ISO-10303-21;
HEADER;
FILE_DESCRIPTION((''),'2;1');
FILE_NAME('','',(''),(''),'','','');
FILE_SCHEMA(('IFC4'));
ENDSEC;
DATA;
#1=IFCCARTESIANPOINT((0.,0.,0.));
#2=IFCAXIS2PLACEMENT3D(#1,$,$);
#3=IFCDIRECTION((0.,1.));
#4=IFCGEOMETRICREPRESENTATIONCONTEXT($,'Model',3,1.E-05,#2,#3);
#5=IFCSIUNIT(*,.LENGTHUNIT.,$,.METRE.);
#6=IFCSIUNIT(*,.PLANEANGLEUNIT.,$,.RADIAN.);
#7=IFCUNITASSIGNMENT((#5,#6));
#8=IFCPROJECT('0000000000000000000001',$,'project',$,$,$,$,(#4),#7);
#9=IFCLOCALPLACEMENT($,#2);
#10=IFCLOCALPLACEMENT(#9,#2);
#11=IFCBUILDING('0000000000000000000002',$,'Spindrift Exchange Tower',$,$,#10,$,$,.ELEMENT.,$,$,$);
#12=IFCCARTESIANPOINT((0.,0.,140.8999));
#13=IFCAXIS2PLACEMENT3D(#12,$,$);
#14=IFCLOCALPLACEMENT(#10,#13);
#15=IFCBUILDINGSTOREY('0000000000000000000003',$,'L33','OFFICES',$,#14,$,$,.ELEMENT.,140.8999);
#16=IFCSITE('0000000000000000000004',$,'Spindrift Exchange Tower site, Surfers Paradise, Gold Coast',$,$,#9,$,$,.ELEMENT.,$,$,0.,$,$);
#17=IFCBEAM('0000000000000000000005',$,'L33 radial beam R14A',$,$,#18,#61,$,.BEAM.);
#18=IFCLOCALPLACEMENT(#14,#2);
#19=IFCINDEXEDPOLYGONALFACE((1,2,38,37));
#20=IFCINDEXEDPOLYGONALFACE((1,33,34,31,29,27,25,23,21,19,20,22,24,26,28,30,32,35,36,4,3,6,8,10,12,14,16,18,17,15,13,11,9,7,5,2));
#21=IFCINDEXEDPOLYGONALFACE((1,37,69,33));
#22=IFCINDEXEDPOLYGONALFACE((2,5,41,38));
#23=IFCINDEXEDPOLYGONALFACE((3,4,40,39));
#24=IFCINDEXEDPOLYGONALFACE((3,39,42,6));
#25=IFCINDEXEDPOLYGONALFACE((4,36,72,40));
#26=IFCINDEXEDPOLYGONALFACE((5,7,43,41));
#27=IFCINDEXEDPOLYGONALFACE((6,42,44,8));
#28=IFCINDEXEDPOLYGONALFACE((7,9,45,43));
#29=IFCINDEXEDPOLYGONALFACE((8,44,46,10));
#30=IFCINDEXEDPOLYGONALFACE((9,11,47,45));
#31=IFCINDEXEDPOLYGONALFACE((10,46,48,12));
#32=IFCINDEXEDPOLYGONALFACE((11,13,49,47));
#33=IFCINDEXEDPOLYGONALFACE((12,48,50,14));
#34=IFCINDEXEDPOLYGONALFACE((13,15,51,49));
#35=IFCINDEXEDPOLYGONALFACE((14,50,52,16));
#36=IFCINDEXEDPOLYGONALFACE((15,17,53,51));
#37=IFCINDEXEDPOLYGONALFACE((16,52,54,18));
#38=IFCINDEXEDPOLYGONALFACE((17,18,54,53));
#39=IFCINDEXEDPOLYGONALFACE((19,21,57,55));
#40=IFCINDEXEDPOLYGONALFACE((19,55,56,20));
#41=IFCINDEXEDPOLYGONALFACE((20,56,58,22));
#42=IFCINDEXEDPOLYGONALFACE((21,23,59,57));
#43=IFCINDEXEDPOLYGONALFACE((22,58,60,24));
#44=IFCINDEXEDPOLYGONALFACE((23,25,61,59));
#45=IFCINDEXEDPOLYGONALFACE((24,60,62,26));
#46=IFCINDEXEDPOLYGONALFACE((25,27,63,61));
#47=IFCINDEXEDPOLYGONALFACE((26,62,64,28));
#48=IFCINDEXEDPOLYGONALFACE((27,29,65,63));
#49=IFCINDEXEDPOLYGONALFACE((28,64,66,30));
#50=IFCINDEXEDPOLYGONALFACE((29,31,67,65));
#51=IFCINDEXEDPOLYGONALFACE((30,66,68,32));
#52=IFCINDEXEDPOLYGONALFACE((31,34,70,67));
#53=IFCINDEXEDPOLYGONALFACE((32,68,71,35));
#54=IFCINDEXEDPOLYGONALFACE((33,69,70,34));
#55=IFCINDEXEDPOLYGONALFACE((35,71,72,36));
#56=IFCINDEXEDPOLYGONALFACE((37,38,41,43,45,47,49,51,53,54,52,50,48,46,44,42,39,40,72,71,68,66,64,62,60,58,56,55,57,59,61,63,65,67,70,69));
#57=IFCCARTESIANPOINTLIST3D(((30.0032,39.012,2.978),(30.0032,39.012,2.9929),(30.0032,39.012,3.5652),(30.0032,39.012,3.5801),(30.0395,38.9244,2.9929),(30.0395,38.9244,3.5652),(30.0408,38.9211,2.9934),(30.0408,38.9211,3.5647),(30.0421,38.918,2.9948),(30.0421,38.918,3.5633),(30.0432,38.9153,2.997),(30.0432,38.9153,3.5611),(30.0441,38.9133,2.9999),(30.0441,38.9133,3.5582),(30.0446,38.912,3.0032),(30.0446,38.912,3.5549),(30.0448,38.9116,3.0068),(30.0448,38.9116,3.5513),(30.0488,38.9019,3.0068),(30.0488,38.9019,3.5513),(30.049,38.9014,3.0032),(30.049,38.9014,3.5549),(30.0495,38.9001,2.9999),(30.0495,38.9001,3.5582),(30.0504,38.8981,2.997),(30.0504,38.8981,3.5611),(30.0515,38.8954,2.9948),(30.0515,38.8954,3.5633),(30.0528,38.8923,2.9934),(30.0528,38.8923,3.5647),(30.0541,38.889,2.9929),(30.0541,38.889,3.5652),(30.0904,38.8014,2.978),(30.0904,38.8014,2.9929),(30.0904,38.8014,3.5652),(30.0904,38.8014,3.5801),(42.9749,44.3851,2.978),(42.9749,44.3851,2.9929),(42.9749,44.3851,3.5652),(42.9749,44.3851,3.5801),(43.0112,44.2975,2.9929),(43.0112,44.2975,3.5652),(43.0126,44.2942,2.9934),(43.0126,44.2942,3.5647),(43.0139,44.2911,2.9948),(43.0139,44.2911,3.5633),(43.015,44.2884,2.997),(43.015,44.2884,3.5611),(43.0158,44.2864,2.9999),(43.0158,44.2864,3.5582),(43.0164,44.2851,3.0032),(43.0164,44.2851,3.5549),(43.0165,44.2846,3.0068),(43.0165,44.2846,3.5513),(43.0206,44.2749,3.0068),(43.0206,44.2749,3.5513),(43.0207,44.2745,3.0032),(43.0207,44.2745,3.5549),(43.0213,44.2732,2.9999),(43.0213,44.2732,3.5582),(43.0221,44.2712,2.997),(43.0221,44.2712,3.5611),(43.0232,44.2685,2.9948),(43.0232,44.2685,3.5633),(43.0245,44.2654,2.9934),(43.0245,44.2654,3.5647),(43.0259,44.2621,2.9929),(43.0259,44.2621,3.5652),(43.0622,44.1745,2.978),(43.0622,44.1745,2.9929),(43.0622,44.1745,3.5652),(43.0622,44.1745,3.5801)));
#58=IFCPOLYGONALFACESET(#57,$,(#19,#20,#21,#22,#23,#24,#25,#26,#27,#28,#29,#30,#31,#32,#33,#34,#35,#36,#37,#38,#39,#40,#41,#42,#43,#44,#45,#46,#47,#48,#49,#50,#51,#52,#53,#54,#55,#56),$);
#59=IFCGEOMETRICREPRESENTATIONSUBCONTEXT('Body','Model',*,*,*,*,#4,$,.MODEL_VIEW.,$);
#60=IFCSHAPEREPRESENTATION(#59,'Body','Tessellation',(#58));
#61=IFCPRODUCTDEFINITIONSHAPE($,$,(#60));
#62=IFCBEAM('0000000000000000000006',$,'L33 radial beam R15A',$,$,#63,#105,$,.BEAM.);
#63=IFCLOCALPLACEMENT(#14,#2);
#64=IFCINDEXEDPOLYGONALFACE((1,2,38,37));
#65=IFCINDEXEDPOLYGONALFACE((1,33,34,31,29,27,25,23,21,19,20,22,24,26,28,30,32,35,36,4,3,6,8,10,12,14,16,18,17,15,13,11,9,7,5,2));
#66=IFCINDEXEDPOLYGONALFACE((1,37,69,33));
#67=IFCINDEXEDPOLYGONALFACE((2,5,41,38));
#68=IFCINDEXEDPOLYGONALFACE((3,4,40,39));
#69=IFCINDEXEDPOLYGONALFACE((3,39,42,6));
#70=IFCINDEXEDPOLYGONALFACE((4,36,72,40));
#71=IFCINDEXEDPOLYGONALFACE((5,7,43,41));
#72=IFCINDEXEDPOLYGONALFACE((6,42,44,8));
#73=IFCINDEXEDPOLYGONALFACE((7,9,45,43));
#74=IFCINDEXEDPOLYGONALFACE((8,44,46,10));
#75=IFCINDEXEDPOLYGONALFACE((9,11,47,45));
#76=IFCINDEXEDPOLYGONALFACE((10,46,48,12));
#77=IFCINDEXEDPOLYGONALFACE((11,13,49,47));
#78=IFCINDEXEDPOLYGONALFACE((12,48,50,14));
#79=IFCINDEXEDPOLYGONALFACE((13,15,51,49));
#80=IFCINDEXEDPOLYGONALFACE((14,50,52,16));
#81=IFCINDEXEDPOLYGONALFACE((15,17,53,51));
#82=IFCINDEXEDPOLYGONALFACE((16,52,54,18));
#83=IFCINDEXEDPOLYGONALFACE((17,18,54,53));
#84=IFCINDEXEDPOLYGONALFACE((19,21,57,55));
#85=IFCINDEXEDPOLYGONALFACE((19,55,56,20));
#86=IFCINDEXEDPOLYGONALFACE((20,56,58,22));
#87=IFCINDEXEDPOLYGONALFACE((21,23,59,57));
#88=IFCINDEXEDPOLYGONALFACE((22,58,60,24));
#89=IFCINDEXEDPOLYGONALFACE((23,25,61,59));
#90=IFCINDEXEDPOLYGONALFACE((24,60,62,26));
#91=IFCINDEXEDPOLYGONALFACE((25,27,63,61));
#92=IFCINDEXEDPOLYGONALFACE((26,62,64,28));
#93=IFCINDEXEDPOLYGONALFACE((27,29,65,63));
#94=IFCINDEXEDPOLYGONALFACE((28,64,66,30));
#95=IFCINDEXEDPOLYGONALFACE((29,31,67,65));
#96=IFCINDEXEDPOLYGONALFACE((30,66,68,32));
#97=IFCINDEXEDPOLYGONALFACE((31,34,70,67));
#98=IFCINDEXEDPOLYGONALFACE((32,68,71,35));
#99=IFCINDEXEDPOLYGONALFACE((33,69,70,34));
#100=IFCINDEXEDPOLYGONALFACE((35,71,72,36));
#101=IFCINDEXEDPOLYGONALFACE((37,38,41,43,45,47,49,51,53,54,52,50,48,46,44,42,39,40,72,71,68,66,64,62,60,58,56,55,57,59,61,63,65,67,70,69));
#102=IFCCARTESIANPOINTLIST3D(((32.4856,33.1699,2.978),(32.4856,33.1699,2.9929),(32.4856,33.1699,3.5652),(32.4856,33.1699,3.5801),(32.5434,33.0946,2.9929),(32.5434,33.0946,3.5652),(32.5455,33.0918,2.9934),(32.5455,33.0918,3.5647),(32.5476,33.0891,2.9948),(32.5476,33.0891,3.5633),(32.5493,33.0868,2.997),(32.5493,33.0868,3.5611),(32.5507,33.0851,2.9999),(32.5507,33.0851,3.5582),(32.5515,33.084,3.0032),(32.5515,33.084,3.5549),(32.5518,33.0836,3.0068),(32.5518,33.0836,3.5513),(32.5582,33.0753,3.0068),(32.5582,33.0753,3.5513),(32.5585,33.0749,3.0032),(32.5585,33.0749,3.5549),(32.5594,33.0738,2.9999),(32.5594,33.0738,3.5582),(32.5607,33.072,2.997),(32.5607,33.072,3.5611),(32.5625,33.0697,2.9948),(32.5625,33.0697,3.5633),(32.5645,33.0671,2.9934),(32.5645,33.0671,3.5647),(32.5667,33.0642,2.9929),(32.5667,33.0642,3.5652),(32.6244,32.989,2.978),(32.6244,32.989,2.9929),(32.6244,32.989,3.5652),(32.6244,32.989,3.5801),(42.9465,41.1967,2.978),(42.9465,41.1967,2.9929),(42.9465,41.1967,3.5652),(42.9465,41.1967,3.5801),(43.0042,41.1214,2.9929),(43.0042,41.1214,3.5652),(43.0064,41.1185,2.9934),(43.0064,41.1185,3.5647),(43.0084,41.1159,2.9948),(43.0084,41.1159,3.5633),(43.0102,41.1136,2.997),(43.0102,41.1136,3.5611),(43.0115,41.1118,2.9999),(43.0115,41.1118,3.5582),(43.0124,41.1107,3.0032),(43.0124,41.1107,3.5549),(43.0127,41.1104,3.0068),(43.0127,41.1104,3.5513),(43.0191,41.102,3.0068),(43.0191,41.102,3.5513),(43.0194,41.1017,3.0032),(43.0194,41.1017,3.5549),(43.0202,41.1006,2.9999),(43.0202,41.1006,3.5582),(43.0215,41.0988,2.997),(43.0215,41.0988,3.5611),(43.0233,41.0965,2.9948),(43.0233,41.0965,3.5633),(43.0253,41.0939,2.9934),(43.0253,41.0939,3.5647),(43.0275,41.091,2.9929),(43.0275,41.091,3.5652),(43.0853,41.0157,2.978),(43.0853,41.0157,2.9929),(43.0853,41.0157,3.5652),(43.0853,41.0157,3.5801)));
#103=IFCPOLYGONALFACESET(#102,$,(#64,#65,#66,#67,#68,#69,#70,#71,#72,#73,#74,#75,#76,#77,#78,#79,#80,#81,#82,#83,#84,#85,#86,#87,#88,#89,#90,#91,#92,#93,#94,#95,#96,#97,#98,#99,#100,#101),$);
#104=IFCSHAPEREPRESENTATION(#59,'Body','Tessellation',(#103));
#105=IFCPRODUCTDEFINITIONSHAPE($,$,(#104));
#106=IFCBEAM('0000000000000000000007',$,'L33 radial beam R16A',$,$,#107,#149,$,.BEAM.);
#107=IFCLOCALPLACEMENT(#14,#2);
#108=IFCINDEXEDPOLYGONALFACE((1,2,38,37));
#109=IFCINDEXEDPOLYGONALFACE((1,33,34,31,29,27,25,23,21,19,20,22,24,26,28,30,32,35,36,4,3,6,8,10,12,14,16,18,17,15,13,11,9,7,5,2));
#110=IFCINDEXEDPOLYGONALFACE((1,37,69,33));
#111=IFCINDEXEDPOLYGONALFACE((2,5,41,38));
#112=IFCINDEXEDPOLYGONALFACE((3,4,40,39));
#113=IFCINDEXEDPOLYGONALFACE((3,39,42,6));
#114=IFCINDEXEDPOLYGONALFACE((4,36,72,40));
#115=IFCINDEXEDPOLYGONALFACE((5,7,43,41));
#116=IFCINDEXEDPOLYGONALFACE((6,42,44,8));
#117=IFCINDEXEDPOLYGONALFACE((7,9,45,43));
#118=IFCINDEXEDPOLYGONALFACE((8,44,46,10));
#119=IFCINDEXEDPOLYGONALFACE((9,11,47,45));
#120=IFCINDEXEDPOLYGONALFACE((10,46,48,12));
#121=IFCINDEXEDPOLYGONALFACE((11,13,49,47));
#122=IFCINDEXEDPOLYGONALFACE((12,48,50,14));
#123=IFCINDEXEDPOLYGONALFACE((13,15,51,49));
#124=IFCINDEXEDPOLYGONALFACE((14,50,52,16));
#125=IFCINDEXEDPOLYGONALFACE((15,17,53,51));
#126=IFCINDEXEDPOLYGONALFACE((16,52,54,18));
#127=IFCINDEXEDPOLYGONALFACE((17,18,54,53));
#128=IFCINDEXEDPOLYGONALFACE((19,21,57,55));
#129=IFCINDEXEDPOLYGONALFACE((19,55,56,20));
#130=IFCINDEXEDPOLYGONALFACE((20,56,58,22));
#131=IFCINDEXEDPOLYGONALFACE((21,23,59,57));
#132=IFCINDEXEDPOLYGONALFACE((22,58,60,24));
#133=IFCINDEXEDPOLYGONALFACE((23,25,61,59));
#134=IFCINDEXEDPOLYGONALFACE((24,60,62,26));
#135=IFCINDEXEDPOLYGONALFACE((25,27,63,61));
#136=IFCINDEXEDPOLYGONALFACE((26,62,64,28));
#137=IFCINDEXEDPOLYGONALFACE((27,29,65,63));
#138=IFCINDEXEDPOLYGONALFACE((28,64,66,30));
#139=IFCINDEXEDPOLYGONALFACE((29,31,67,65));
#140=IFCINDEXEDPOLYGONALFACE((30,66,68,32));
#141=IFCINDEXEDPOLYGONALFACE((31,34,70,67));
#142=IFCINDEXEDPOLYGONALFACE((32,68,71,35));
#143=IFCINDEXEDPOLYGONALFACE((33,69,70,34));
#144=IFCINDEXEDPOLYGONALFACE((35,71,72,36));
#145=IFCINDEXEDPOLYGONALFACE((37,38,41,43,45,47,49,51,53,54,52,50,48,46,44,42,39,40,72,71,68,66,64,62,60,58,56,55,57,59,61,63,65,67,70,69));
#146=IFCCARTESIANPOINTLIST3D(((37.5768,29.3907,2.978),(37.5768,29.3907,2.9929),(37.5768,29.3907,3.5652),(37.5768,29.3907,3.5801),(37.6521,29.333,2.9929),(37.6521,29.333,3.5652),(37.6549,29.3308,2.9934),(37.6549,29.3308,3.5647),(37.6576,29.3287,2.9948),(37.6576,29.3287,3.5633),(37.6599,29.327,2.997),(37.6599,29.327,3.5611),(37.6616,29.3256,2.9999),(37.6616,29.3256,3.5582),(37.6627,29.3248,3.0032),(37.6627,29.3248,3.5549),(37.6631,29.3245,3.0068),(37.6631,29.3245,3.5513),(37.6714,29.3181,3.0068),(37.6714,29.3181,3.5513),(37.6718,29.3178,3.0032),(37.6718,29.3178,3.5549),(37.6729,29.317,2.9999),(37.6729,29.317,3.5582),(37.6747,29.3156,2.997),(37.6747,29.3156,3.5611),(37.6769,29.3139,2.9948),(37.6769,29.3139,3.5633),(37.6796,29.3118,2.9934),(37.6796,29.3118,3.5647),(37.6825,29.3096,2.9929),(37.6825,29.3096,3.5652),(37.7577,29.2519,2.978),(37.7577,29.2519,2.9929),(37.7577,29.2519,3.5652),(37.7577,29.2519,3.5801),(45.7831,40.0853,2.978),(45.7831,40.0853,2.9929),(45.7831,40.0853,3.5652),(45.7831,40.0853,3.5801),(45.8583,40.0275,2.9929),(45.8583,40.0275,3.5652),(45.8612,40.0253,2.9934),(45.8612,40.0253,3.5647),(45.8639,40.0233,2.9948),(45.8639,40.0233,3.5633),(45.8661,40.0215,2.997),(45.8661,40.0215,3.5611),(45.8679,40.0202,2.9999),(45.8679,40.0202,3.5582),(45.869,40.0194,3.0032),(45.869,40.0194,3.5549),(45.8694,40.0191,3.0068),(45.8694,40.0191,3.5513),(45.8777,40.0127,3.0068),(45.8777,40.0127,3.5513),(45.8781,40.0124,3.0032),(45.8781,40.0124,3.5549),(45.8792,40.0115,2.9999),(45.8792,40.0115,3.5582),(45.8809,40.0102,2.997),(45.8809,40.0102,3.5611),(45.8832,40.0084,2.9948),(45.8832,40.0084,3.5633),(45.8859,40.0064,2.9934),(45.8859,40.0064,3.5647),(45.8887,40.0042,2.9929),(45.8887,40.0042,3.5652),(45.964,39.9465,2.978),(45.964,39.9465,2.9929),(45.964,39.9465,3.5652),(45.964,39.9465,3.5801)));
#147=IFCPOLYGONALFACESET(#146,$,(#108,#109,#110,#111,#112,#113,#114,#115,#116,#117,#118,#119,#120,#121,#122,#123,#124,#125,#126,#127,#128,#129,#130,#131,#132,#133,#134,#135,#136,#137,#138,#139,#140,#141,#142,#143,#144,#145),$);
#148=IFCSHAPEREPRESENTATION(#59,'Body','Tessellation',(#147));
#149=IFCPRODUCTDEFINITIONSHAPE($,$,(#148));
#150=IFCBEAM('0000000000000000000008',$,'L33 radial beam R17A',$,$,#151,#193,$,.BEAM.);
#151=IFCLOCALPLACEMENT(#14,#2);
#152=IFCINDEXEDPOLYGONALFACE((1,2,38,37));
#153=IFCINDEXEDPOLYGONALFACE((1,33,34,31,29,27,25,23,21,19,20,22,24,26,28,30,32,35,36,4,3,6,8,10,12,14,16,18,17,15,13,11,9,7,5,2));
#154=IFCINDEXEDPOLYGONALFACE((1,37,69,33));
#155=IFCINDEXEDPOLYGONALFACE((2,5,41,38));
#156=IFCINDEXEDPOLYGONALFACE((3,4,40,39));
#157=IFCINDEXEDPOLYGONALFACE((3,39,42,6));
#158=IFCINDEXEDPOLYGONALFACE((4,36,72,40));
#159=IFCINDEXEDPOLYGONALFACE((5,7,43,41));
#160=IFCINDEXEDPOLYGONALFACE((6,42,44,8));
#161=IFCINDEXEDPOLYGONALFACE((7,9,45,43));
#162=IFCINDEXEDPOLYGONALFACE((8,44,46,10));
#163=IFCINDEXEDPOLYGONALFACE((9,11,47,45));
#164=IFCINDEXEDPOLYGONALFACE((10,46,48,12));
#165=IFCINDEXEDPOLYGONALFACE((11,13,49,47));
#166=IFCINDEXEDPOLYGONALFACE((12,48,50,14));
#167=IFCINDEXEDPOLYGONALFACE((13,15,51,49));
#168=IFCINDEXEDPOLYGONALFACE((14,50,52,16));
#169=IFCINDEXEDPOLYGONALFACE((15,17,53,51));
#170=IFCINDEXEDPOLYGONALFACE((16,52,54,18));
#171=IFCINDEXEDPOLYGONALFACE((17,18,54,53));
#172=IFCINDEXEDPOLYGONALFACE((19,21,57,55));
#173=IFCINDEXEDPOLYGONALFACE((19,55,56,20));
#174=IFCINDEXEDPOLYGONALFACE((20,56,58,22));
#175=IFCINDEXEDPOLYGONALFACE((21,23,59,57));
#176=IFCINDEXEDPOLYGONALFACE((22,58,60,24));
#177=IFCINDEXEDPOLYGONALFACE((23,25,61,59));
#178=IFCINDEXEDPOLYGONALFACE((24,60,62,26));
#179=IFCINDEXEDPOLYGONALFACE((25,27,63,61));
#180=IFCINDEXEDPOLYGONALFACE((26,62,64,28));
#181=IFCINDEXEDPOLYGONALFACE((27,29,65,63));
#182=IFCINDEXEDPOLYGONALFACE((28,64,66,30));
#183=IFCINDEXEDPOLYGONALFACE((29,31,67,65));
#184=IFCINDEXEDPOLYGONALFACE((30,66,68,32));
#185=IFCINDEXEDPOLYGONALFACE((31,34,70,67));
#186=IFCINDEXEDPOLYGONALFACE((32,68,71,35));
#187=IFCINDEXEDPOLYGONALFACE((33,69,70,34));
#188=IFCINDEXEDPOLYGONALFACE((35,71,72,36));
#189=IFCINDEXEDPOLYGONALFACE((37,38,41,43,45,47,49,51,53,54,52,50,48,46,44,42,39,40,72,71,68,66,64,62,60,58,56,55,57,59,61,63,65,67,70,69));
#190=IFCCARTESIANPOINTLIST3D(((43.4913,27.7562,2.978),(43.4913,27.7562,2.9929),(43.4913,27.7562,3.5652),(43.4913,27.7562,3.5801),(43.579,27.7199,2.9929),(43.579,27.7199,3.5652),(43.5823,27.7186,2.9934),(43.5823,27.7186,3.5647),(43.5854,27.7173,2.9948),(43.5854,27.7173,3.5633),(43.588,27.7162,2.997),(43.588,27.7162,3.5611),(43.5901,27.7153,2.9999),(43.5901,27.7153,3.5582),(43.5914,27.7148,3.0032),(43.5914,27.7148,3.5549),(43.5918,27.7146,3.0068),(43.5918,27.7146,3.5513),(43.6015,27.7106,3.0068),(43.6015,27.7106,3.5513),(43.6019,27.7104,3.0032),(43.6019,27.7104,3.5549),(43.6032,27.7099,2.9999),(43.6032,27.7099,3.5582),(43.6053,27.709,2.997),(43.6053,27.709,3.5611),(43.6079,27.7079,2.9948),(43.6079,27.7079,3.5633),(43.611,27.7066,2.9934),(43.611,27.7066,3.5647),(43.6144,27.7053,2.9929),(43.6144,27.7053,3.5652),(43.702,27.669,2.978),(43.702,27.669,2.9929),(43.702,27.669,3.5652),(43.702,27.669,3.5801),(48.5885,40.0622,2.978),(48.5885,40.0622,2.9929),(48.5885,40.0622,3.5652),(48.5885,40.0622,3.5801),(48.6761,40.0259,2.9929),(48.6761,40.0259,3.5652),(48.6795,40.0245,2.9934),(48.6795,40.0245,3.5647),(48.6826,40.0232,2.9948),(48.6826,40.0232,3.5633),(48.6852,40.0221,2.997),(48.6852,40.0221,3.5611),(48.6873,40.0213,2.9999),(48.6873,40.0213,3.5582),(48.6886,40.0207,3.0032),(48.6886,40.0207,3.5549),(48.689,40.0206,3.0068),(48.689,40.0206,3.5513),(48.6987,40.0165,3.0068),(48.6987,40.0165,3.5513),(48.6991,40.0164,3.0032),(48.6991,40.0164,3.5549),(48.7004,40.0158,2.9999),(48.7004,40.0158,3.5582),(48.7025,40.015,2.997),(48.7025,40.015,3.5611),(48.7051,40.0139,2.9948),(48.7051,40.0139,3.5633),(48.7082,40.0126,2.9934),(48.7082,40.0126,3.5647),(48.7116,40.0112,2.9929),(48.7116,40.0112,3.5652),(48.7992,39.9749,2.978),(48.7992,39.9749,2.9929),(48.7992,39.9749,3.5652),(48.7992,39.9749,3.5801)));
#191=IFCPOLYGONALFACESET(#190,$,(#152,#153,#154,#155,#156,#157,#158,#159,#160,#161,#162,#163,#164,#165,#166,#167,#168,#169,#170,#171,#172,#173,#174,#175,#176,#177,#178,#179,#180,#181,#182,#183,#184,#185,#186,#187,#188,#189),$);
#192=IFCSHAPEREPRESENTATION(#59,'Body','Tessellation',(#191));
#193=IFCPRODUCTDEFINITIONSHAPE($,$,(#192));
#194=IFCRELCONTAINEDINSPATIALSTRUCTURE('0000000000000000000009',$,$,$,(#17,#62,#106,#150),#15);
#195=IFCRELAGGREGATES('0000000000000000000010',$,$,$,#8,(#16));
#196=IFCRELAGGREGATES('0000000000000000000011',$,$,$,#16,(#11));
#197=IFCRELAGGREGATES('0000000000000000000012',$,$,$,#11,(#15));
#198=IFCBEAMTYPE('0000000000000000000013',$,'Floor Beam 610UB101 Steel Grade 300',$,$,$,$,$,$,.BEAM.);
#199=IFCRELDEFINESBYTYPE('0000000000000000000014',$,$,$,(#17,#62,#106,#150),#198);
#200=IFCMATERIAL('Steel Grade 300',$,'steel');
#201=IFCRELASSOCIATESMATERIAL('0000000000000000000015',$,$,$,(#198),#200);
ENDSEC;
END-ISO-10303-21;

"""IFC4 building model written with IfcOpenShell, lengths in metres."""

from ifc_helpers import new_model, si_unit, direction, frame, origin, origin_2d, place, context, subcontext, project, spatial, i_section, extrude, source, transform, mapped, material, material_profile, profile_set, type_object, element, save


model = new_model("IFC4")

# Units and contexts
model_context = context("Model", 3, precision=1e-05, world=origin(), true_north=direction((0.0, 1.0)))
body_context = subcontext(model_context, "Body", "Model", "MODEL_VIEW")
ifc_project = project(units=[si_unit("LENGTHUNIT", "METRE"), si_unit("PLANEANGLEUNIT", "RADIAN")], contexts=[model_context])

# Site, building, storey
site_placement = place(None, origin())
site = spatial("IfcSite", under=ifc_project, at=site_placement, Name="Spindrift Exchange Tower site, Surfers Paradise, Gold Coast", CompositionType="ELEMENT", RefElevation=0.0)
building_placement = place(site_placement, origin())
building = spatial("IfcBuilding", under=site, at=building_placement, Name="Spindrift Exchange Tower", CompositionType="ELEMENT")
storey_placement = place(building_placement, frame((0.0, 0.0, 140.8999)))
storey = spatial("IfcBuildingStorey", under=building, at=storey_placement, Name="L33", Description="OFFICES", CompositionType="ELEMENT", Elevation=140.8999)

# Beams
ifc_material_1 = material(Name="Steel Grade 300", Category="steel")
ifc_material_profile_1 = material_profile(ifc_material_1, i_section(OverallWidth=0.228, OverallDepth=0.6021, WebThickness=0.0105, FlangeThickness=0.0149, FilletRadius=0.0139, at=origin_2d()), Name="610UB101")
ifc_profile_set_1 = profile_set([ifc_material_profile_1], Name="Steel Grade 300")
beam_type_1 = type_object("IfcBeamType", Name="Floor Beam 610UB101 Steel Grade 300", PredefinedType="BEAM", material=ifc_profile_set_1)
shared_shape_1 = source(origin(), body_context, "Body", "SweptSolid", [
    extrude(i_section(OverallWidth=0.228, OverallDepth=0.6021, WebThickness=0.0105, FlangeThickness=0.0149, FilletRadius=0.0139, at=origin_2d()), origin(), (0.0, 0.0, 1.0), 14.0405),
])
beam_1_placement = place(storey_placement, frame((43.0186, 44.2798, 3.2791), z_axis=(-0.92388, -0.382684, 0.0), x_axis=(0.382684, -0.92388, 0.0)))
element("IfcBeam", 1, at=beam_1_placement, inside=storey, type_object=beam_type_1, Name="L33 radial beam R14A", PredefinedType="BEAM", context=body_context, shape_type="MappedRepresentation", body=[
    mapped(shared_shape_1, transform((0.0, 0.0, 0.0), scale=1.0)),
])
shared_shape_2 = source(origin(), body_context, "Body", "SweptSolid", [
    extrude(i_section(OverallWidth=0.228, OverallDepth=0.6021, WebThickness=0.0105, FlangeThickness=0.0149, FilletRadius=0.0139, at=origin_2d()), origin(), (0.0, 0.0, 1.0), 13.1855),
])
beam_2_placement = place(storey_placement, frame((43.0159, 41.1062, 3.2791), z_axis=(-0.793357, -0.608756, 0.0), x_axis=(0.608756, -0.793357, 0.0)))
element("IfcBeam", 2, at=beam_2_placement, inside=storey, type_object=beam_type_1, Name="L33 radial beam R15A", PredefinedType="BEAM", context=body_context, shape_type="MappedRepresentation", body=[
    mapped(shared_shape_2, transform((0.0, 0.0, 0.0), scale=1.0)),
])
shared_shape_3 = source(origin(), body_context, "Body", "SweptSolid", [
    extrude(i_section(OverallWidth=0.228, OverallDepth=0.6021, WebThickness=0.0105, FlangeThickness=0.0149, FilletRadius=0.0139, at=origin_2d()), origin(), (0.0, 0.0, 1.0), 13.4802),
])
beam_3_placement = place(storey_placement, frame((45.8735, 40.0159, 3.2791), z_axis=(-0.608764, -0.793351, 0.0), x_axis=(0.793351, -0.608764, 0.0)))
element("IfcBeam", 3, at=beam_3_placement, inside=storey, type_object=beam_type_1, Name="L33 radial beam R16A", PredefinedType="BEAM", context=body_context, shape_type="MappedRepresentation", body=[
    mapped(shared_shape_3, transform((0.0, 0.0, 0.0), scale=1.0)),
])
shared_shape_4 = source(origin(), body_context, "Body", "SweptSolid", [
    extrude(i_section(OverallWidth=0.228, OverallDepth=0.6021, WebThickness=0.0105, FlangeThickness=0.0149, FilletRadius=0.0139, at=origin_2d()), origin(), (0.0, 0.0, 1.0), 13.3198),
])
beam_4_placement = place(storey_placement, frame((48.6938, 40.0186, 3.2791), z_axis=(-0.382677, -0.923882, 0.0), x_axis=(0.923882, -0.382677, 0.0)))
element("IfcBeam", 4, at=beam_4_placement, inside=storey, type_object=beam_type_1, Name="L33 radial beam R17A", PredefinedType="BEAM", context=body_context, shape_type="MappedRepresentation", body=[
    mapped(shared_shape_4, transform((0.0, 0.0, 0.0), scale=1.0)),
])

save(model, "model.ifc")
